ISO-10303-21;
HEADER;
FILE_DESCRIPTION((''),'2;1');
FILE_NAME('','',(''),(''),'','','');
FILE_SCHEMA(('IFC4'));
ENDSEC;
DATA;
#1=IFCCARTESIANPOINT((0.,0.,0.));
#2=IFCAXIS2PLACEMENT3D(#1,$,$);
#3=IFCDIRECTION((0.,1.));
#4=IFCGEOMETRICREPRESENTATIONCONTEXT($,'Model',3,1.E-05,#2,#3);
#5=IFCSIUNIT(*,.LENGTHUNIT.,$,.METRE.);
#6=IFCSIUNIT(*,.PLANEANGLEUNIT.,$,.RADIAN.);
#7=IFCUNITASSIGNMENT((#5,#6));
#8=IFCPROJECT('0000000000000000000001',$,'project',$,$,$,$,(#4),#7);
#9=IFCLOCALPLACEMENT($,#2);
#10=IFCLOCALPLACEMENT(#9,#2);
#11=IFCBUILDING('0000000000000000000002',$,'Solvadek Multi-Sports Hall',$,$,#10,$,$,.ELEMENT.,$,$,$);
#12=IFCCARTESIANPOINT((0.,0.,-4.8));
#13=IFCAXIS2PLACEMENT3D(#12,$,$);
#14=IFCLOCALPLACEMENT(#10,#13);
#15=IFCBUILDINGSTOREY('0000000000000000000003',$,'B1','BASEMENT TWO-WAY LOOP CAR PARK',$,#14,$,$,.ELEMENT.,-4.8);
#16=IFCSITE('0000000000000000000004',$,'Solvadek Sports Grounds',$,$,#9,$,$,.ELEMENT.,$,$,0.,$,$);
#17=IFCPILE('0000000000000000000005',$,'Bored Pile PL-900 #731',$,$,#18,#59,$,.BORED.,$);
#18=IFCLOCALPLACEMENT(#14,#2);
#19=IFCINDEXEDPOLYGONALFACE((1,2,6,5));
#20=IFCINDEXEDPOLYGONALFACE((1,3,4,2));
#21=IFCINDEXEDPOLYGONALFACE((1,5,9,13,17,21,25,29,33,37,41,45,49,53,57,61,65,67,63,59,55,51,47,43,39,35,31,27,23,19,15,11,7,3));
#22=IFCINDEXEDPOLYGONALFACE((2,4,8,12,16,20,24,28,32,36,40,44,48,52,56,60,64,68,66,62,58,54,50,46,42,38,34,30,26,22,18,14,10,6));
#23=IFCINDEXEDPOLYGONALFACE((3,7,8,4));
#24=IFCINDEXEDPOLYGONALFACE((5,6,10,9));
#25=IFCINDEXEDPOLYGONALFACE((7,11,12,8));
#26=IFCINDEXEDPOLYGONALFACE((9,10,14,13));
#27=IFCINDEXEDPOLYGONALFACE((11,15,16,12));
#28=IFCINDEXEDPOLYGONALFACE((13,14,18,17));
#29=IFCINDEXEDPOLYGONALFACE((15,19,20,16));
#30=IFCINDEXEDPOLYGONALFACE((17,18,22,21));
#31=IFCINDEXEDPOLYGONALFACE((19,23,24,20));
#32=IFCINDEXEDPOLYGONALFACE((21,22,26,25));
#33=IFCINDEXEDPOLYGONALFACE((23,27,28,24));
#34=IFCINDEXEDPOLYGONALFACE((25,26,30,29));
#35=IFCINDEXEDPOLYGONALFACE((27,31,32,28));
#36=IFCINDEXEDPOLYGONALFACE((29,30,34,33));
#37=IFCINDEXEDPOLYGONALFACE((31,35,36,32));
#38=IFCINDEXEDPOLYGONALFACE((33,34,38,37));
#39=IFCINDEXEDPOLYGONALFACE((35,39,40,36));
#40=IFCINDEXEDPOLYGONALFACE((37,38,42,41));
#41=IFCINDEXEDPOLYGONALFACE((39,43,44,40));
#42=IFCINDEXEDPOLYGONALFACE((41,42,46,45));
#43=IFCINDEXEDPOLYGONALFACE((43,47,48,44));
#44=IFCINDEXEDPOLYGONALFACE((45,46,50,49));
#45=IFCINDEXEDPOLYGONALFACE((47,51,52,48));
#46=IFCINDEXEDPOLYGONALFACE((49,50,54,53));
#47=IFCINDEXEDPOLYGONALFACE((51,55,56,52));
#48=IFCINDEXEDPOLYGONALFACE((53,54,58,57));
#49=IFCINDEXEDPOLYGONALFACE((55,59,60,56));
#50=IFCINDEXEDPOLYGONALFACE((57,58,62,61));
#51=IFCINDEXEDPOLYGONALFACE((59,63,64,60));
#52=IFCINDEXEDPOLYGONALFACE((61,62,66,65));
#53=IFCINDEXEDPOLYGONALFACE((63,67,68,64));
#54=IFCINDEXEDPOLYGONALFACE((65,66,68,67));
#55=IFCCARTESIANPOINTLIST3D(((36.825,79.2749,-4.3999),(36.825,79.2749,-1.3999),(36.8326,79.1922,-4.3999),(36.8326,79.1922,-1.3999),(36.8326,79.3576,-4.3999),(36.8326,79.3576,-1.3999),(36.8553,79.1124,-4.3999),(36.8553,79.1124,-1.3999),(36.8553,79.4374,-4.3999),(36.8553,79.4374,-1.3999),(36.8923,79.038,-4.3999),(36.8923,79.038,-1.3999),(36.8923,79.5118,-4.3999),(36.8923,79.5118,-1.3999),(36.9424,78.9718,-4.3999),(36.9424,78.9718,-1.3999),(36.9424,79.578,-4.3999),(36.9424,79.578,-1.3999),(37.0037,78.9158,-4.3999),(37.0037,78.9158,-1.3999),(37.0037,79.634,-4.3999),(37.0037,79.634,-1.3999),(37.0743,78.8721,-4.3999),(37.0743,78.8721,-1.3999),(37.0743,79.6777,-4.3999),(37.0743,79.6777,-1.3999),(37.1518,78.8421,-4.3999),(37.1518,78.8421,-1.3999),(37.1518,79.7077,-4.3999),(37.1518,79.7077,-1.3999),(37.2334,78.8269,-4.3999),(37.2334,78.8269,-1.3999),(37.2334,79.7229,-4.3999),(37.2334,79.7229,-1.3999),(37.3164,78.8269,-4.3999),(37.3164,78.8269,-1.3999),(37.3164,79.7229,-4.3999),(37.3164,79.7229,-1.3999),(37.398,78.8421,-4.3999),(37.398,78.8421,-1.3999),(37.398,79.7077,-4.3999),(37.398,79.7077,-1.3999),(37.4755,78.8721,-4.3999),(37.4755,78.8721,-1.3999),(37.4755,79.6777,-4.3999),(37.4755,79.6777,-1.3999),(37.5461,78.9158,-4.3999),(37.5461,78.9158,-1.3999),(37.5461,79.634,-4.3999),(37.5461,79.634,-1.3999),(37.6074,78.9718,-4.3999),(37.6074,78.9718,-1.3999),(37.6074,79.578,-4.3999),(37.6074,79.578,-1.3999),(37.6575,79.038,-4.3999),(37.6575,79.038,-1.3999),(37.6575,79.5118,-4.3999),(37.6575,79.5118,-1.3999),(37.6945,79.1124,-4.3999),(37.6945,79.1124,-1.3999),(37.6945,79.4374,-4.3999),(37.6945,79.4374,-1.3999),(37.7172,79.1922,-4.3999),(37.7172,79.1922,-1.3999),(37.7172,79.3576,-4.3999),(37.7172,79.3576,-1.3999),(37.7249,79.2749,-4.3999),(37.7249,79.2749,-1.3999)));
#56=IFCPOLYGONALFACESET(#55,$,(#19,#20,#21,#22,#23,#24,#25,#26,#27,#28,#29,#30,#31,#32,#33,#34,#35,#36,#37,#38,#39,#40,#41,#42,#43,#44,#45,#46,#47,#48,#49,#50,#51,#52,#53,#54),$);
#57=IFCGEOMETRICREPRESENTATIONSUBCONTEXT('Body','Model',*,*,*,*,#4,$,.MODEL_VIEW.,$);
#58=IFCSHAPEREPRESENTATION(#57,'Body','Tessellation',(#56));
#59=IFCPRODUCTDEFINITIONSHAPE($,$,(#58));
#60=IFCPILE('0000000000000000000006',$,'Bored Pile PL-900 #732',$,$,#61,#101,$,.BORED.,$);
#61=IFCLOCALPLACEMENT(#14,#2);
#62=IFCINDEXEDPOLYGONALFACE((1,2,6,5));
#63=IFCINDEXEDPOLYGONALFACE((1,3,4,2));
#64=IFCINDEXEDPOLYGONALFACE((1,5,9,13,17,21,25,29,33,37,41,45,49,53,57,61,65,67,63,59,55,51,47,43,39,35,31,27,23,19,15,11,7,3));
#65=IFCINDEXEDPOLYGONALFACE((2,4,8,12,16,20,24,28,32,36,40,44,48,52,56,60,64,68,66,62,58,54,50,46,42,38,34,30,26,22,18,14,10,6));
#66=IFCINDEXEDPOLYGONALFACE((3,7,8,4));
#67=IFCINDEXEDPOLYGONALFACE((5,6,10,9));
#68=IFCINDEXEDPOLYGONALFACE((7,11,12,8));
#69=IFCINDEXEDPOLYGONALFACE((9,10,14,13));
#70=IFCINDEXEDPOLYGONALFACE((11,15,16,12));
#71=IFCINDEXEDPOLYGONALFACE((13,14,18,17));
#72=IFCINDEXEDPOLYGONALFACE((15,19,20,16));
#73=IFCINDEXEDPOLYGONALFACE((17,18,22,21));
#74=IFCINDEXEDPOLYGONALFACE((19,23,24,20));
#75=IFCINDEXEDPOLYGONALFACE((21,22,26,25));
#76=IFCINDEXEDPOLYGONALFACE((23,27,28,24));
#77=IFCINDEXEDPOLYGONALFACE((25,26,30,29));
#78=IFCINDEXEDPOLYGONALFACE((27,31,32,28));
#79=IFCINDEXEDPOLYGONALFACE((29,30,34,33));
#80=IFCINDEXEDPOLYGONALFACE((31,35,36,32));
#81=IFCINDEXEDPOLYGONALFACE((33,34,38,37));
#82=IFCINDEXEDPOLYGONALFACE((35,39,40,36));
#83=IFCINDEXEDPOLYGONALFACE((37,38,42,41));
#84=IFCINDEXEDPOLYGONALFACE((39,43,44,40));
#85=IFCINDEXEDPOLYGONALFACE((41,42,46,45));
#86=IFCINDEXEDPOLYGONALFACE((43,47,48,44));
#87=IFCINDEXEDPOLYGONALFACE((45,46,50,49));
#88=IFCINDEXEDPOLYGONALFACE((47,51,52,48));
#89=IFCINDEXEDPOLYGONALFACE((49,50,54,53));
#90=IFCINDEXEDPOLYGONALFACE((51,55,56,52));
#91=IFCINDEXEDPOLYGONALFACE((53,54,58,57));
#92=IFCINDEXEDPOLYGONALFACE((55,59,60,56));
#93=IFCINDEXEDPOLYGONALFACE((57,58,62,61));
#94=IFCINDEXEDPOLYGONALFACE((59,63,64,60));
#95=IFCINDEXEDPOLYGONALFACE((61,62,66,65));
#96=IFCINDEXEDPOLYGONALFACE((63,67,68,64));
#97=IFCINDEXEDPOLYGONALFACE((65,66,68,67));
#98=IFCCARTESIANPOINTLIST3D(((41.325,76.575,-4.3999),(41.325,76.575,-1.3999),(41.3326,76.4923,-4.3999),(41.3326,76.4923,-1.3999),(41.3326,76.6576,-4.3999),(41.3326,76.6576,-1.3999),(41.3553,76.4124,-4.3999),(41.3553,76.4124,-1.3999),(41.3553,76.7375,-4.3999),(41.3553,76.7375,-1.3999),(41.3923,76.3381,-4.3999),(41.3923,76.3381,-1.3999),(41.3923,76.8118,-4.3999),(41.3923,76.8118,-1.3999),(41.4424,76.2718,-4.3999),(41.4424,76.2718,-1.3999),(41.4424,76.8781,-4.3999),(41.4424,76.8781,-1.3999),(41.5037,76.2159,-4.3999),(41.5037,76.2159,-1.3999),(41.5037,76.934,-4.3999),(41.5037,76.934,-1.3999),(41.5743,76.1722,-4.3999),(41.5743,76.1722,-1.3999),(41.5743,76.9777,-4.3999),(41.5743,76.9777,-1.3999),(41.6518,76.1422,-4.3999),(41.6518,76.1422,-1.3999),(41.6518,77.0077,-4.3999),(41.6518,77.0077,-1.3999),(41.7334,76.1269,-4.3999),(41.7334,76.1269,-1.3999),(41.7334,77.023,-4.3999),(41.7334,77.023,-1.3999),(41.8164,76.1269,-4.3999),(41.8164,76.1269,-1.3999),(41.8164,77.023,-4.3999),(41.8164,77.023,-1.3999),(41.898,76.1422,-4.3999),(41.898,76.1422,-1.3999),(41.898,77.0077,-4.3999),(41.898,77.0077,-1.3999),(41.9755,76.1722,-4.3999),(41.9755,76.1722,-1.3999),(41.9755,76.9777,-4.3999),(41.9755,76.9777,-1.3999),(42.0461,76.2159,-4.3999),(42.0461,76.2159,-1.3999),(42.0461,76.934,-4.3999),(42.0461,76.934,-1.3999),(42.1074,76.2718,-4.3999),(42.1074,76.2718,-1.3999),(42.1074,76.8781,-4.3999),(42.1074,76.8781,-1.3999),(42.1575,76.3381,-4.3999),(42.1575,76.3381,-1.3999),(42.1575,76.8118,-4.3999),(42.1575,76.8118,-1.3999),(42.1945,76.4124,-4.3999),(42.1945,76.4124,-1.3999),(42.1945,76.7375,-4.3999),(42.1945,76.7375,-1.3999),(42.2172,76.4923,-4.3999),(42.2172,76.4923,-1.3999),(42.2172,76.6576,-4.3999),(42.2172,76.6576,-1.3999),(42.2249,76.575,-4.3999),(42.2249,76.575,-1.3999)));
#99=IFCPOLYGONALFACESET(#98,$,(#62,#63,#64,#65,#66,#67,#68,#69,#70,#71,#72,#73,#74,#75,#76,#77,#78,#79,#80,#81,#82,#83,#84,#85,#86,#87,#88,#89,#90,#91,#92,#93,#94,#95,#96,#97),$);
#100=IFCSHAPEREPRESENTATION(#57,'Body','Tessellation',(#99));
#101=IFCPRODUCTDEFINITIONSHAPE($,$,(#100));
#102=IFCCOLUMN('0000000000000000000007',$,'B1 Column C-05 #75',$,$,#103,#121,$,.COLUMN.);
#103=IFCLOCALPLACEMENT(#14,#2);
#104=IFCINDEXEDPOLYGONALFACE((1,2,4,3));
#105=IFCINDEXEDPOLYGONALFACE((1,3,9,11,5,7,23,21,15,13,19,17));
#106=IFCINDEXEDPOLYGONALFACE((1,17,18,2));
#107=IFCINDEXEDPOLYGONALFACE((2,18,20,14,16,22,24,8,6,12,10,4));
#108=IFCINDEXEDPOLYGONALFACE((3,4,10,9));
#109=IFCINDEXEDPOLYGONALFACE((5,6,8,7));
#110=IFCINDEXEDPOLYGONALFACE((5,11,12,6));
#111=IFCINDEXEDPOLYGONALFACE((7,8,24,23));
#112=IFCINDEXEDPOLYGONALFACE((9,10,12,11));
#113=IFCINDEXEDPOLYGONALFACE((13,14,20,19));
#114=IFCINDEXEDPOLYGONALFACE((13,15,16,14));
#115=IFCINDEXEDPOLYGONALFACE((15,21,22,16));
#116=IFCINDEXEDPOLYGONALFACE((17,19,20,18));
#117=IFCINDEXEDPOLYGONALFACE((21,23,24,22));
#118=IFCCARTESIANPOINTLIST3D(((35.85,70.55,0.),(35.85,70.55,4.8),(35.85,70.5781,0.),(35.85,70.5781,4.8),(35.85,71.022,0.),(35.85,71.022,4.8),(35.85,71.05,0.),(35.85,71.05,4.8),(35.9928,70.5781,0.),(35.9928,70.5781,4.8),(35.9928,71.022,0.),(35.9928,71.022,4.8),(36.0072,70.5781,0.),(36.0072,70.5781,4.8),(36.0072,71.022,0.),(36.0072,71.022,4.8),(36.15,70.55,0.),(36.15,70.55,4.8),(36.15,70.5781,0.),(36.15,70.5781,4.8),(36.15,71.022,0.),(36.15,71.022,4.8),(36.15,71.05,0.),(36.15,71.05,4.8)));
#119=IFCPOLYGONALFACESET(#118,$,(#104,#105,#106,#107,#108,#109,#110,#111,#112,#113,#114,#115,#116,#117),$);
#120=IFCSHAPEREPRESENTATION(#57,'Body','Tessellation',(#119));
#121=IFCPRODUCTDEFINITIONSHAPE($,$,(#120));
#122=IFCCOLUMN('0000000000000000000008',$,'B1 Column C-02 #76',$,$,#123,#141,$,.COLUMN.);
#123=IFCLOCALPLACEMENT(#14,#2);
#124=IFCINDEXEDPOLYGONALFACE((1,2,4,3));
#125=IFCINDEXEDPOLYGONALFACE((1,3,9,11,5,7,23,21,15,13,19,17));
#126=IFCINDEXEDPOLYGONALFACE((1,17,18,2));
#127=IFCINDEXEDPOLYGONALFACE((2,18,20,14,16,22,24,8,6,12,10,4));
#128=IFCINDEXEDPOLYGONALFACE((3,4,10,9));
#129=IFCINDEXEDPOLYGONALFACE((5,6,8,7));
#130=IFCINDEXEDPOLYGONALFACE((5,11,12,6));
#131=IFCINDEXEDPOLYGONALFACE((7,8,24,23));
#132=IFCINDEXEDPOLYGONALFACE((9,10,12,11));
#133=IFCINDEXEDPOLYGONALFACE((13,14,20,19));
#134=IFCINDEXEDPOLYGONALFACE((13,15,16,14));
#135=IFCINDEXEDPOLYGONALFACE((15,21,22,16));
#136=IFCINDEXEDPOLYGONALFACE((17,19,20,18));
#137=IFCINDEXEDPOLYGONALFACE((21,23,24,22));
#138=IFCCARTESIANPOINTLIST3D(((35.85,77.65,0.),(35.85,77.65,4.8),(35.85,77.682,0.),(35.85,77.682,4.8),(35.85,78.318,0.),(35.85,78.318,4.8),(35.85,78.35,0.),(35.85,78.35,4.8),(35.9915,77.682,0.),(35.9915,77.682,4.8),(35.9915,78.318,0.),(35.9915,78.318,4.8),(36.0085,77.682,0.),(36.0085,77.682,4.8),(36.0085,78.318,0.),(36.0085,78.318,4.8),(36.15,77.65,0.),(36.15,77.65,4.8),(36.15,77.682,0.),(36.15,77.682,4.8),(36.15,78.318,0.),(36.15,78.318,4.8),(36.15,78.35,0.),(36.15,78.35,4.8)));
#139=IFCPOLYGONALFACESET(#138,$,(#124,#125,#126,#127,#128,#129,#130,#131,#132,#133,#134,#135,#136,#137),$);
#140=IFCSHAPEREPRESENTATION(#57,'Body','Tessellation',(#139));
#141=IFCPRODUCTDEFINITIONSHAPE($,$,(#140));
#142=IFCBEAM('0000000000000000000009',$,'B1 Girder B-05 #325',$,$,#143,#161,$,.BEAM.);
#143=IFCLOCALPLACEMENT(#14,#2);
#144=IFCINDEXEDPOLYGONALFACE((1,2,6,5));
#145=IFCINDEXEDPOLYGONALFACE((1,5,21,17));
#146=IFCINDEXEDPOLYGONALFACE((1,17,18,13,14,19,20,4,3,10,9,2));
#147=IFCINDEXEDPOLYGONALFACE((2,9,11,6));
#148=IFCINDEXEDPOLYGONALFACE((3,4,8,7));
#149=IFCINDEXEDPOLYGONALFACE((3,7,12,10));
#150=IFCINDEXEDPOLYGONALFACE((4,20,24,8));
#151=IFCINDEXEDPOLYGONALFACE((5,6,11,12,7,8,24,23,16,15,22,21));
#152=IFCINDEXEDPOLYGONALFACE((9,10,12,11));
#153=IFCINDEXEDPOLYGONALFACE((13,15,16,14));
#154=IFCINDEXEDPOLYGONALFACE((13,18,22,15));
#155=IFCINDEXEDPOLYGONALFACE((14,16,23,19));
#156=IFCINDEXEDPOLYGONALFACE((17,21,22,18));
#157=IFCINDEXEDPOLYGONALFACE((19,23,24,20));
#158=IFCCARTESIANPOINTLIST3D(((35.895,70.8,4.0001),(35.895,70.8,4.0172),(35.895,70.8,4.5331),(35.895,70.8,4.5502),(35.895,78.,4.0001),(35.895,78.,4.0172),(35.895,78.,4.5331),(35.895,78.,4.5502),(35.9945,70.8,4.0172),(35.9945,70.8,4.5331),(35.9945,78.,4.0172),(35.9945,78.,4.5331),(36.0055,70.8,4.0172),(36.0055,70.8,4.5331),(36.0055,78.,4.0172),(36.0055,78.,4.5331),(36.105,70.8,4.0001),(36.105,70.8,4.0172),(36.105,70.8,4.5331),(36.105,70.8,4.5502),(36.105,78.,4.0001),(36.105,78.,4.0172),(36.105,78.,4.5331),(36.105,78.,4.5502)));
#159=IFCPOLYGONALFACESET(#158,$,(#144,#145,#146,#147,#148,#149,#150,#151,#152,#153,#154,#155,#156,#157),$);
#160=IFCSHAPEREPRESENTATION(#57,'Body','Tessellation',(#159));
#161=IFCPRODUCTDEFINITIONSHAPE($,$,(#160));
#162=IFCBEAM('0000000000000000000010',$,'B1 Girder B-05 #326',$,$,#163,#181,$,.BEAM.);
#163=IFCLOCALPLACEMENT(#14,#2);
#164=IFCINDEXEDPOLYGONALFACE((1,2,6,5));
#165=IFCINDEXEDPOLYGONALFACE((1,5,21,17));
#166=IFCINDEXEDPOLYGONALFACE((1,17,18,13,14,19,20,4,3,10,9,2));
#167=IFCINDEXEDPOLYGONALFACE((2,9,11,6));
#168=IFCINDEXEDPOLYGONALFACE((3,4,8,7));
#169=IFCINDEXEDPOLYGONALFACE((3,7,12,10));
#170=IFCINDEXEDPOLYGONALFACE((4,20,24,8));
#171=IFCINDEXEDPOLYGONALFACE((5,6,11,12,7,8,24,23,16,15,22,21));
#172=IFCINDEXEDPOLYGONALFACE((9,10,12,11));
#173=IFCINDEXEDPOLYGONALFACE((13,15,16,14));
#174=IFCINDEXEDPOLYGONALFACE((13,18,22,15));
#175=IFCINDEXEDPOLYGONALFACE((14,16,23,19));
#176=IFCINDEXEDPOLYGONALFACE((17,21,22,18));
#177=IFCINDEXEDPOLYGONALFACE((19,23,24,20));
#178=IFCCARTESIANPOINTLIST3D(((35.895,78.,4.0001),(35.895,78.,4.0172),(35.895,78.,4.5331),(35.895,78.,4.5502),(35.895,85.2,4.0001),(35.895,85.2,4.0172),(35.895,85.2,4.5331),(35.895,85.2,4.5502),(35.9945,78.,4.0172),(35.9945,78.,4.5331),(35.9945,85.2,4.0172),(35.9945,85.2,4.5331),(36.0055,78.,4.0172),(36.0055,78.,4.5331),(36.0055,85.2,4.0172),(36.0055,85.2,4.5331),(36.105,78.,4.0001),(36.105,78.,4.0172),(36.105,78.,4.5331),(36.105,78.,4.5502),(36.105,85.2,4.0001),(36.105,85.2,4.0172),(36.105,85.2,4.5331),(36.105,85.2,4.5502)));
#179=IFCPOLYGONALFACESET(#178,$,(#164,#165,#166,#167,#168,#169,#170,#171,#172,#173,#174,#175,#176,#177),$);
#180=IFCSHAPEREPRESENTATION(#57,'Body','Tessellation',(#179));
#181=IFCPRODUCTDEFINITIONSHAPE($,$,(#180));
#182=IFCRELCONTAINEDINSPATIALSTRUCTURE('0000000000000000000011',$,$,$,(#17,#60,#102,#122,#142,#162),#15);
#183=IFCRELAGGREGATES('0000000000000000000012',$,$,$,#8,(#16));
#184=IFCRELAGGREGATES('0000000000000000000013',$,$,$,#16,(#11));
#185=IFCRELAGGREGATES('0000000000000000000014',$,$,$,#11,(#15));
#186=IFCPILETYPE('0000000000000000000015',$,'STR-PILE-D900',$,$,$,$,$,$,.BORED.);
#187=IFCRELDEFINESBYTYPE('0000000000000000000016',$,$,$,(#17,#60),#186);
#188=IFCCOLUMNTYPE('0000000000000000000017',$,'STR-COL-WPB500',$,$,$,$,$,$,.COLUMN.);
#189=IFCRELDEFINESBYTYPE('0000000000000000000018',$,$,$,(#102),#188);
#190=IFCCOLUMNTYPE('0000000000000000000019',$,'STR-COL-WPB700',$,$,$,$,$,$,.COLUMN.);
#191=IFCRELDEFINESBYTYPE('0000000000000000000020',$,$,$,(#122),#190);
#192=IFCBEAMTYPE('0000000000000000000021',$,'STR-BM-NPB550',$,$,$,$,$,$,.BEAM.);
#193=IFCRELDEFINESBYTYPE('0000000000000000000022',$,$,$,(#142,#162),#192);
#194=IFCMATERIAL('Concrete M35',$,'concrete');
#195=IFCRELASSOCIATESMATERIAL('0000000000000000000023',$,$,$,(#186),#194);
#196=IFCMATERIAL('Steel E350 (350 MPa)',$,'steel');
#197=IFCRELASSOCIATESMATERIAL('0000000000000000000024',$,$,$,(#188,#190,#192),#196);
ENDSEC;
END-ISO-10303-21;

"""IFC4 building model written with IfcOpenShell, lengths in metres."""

from ifc_helpers import new_model, si_unit, direction, frame, origin, origin_2d, place, context, subcontext, project, spatial, circle, i_section, extrude, material, material_profile, profile_set, type_object, element, save


model = new_model("IFC4")

# Units and contexts
model_context = context("Model", 3, precision=1e-05, world=origin(), true_north=direction((0.0, 1.0)))
body_context = subcontext(model_context, "Body", "Model", "MODEL_VIEW")
ifc_project = project(units=[si_unit("LENGTHUNIT", "METRE"), si_unit("PLANEANGLEUNIT", "RADIAN")], contexts=[model_context])

# Site, building, storey
site_placement = place(None, origin())
site = spatial("IfcSite", under=ifc_project, at=site_placement, Name="Solvadek Sports Grounds", CompositionType="ELEMENT", RefElevation=0.0)
building_placement = place(site_placement, origin())
building = spatial("IfcBuilding", under=site, at=building_placement, Name="Solvadek Multi-Sports Hall", CompositionType="ELEMENT")
storey_placement = place(building_placement, frame((0.0, 0.0, -4.8)))
storey = spatial("IfcBuildingStorey", under=building, at=storey_placement, Name="B1", Description="BASEMENT TWO-WAY LOOP CAR PARK", CompositionType="ELEMENT", Elevation=-4.8)

# Piles
ifc_material_1 = material(Name="Concrete M35", Category="concrete")
ifc_material_profile_1 = material_profile(ifc_material_1, circle(Radius=0.45, at=origin_2d()), Name="BORED PILE D900")
ifc_profile_set_1 = profile_set([ifc_material_profile_1], Name="Concrete M35")
pile_type_1 = type_object("IfcPileType", Name="STR-PILE-D900", PredefinedType="BORED", material=ifc_profile_set_1)
for number, where, z_axis, x_axis, name in (
    (1, (37.2749, 79.2749, -1.3999), (0.0, 0.0, -1.0), (1.0, 0.0, 0.0), "Bored Pile PL-900 #731"),
    (2, (41.7749, 76.575, -1.3999), (0.0, 0.0, -1.0), (1.0, 0.0, 0.0), "Bored Pile PL-900 #732"),
):
    element("IfcPile", number, at=place(storey_placement, frame(where, z_axis=z_axis, x_axis=x_axis)), inside=storey, type_object=pile_type_1, Name=name, PredefinedType="BORED", context=body_context, shape_type="SweptSolid", body=[
        extrude(circle(Radius=0.45, at=origin_2d()), origin(), (0.0, 0.0, 1.0), 3.0),
    ])

# Columns
ifc_material_2 = material(Name="Steel E350 (350 MPa)", Category="steel")
ifc_material_profile_2 = material_profile(ifc_material_2, i_section(OverallWidth=0.3, OverallDepth=0.5, WebThickness=0.0144, FlangeThickness=0.0281, at=origin_2d()), Name="WPB 500")
ifc_profile_set_2 = profile_set([ifc_material_profile_2], Name="Steel E350 (350 MPa)")
column_type_1 = type_object("IfcColumnType", Name="STR-COL-WPB500", PredefinedType="COLUMN", material=ifc_profile_set_2)
column_1_placement = place(storey_placement, frame((36.0, 70.8, 0.0), z_axis=(0.0, 0.0, 1.0), x_axis=(1.0, 0.0, 0.0)))
element("IfcColumn", 3, at=column_1_placement, inside=storey, type_object=column_type_1, Name="B1 Column C-05 #75", PredefinedType="COLUMN", context=body_context, shape_type="SweptSolid", body=[
    extrude(i_section(OverallWidth=0.3, OverallDepth=0.5, WebThickness=0.0144, FlangeThickness=0.0281, at=origin_2d()), origin(), (0.0, 0.0, 1.0), 4.8),
])
ifc_material_profile_3 = material_profile(ifc_material_2, i_section(OverallWidth=0.3, OverallDepth=0.7, WebThickness=0.0171, FlangeThickness=0.032, at=origin_2d()), Name="WPB 700")
ifc_profile_set_3 = profile_set([ifc_material_profile_3], Name="Steel E350 (350 MPa)")
column_type_2 = type_object("IfcColumnType", Name="STR-COL-WPB700", PredefinedType="COLUMN", material=ifc_profile_set_3)
column_2_placement = place(storey_placement, frame((36.0, 78.0, 0.0), z_axis=(0.0, 0.0, 1.0), x_axis=(1.0, 0.0, 0.0)))
element("IfcColumn", 4, at=column_2_placement, inside=storey, type_object=column_type_2, Name="B1 Column C-02 #76", PredefinedType="COLUMN", context=body_context, shape_type="SweptSolid", body=[
    extrude(i_section(OverallWidth=0.3, OverallDepth=0.7, WebThickness=0.0171, FlangeThickness=0.032, at=origin_2d()), origin(), (0.0, 0.0, 1.0), 4.8),
])

# Beams
ifc_material_profile_4 = material_profile(ifc_material_2, i_section(OverallWidth=0.21, OverallDepth=0.55, WebThickness=0.011, FlangeThickness=0.0171, at=origin_2d()), Name="NPB 550")
ifc_profile_set_4 = profile_set([ifc_material_profile_4], Name="Steel E350 (350 MPa)")
beam_type_1 = type_object("IfcBeamType", Name="STR-BM-NPB550", PredefinedType="BEAM", material=ifc_profile_set_4)
for number, where, z_axis, x_axis, name in (
    (5, (36.0, 70.8, 4.2751), (0.0, 1.0, 0.0), (-1.0, 0.0, 0.0), "B1 Girder B-05 #325"),
    (6, (36.0, 78.0, 4.2751), (0.0, 1.0, 0.0), (-1.0, 0.0, 0.0), "B1 Girder B-05 #326"),
):
    element("IfcBeam", number, at=place(storey_placement, frame(where, z_axis=z_axis, x_axis=x_axis)), inside=storey, type_object=beam_type_1, Name=name, PredefinedType="BEAM", context=body_context, shape_type="SweptSolid", body=[
        extrude(i_section(OverallWidth=0.21, OverallDepth=0.55, WebThickness=0.011, FlangeThickness=0.0171, at=origin_2d()), origin(), (0.0, 0.0, 1.0), 7.2),
    ])

save(model, "model.ifc")
